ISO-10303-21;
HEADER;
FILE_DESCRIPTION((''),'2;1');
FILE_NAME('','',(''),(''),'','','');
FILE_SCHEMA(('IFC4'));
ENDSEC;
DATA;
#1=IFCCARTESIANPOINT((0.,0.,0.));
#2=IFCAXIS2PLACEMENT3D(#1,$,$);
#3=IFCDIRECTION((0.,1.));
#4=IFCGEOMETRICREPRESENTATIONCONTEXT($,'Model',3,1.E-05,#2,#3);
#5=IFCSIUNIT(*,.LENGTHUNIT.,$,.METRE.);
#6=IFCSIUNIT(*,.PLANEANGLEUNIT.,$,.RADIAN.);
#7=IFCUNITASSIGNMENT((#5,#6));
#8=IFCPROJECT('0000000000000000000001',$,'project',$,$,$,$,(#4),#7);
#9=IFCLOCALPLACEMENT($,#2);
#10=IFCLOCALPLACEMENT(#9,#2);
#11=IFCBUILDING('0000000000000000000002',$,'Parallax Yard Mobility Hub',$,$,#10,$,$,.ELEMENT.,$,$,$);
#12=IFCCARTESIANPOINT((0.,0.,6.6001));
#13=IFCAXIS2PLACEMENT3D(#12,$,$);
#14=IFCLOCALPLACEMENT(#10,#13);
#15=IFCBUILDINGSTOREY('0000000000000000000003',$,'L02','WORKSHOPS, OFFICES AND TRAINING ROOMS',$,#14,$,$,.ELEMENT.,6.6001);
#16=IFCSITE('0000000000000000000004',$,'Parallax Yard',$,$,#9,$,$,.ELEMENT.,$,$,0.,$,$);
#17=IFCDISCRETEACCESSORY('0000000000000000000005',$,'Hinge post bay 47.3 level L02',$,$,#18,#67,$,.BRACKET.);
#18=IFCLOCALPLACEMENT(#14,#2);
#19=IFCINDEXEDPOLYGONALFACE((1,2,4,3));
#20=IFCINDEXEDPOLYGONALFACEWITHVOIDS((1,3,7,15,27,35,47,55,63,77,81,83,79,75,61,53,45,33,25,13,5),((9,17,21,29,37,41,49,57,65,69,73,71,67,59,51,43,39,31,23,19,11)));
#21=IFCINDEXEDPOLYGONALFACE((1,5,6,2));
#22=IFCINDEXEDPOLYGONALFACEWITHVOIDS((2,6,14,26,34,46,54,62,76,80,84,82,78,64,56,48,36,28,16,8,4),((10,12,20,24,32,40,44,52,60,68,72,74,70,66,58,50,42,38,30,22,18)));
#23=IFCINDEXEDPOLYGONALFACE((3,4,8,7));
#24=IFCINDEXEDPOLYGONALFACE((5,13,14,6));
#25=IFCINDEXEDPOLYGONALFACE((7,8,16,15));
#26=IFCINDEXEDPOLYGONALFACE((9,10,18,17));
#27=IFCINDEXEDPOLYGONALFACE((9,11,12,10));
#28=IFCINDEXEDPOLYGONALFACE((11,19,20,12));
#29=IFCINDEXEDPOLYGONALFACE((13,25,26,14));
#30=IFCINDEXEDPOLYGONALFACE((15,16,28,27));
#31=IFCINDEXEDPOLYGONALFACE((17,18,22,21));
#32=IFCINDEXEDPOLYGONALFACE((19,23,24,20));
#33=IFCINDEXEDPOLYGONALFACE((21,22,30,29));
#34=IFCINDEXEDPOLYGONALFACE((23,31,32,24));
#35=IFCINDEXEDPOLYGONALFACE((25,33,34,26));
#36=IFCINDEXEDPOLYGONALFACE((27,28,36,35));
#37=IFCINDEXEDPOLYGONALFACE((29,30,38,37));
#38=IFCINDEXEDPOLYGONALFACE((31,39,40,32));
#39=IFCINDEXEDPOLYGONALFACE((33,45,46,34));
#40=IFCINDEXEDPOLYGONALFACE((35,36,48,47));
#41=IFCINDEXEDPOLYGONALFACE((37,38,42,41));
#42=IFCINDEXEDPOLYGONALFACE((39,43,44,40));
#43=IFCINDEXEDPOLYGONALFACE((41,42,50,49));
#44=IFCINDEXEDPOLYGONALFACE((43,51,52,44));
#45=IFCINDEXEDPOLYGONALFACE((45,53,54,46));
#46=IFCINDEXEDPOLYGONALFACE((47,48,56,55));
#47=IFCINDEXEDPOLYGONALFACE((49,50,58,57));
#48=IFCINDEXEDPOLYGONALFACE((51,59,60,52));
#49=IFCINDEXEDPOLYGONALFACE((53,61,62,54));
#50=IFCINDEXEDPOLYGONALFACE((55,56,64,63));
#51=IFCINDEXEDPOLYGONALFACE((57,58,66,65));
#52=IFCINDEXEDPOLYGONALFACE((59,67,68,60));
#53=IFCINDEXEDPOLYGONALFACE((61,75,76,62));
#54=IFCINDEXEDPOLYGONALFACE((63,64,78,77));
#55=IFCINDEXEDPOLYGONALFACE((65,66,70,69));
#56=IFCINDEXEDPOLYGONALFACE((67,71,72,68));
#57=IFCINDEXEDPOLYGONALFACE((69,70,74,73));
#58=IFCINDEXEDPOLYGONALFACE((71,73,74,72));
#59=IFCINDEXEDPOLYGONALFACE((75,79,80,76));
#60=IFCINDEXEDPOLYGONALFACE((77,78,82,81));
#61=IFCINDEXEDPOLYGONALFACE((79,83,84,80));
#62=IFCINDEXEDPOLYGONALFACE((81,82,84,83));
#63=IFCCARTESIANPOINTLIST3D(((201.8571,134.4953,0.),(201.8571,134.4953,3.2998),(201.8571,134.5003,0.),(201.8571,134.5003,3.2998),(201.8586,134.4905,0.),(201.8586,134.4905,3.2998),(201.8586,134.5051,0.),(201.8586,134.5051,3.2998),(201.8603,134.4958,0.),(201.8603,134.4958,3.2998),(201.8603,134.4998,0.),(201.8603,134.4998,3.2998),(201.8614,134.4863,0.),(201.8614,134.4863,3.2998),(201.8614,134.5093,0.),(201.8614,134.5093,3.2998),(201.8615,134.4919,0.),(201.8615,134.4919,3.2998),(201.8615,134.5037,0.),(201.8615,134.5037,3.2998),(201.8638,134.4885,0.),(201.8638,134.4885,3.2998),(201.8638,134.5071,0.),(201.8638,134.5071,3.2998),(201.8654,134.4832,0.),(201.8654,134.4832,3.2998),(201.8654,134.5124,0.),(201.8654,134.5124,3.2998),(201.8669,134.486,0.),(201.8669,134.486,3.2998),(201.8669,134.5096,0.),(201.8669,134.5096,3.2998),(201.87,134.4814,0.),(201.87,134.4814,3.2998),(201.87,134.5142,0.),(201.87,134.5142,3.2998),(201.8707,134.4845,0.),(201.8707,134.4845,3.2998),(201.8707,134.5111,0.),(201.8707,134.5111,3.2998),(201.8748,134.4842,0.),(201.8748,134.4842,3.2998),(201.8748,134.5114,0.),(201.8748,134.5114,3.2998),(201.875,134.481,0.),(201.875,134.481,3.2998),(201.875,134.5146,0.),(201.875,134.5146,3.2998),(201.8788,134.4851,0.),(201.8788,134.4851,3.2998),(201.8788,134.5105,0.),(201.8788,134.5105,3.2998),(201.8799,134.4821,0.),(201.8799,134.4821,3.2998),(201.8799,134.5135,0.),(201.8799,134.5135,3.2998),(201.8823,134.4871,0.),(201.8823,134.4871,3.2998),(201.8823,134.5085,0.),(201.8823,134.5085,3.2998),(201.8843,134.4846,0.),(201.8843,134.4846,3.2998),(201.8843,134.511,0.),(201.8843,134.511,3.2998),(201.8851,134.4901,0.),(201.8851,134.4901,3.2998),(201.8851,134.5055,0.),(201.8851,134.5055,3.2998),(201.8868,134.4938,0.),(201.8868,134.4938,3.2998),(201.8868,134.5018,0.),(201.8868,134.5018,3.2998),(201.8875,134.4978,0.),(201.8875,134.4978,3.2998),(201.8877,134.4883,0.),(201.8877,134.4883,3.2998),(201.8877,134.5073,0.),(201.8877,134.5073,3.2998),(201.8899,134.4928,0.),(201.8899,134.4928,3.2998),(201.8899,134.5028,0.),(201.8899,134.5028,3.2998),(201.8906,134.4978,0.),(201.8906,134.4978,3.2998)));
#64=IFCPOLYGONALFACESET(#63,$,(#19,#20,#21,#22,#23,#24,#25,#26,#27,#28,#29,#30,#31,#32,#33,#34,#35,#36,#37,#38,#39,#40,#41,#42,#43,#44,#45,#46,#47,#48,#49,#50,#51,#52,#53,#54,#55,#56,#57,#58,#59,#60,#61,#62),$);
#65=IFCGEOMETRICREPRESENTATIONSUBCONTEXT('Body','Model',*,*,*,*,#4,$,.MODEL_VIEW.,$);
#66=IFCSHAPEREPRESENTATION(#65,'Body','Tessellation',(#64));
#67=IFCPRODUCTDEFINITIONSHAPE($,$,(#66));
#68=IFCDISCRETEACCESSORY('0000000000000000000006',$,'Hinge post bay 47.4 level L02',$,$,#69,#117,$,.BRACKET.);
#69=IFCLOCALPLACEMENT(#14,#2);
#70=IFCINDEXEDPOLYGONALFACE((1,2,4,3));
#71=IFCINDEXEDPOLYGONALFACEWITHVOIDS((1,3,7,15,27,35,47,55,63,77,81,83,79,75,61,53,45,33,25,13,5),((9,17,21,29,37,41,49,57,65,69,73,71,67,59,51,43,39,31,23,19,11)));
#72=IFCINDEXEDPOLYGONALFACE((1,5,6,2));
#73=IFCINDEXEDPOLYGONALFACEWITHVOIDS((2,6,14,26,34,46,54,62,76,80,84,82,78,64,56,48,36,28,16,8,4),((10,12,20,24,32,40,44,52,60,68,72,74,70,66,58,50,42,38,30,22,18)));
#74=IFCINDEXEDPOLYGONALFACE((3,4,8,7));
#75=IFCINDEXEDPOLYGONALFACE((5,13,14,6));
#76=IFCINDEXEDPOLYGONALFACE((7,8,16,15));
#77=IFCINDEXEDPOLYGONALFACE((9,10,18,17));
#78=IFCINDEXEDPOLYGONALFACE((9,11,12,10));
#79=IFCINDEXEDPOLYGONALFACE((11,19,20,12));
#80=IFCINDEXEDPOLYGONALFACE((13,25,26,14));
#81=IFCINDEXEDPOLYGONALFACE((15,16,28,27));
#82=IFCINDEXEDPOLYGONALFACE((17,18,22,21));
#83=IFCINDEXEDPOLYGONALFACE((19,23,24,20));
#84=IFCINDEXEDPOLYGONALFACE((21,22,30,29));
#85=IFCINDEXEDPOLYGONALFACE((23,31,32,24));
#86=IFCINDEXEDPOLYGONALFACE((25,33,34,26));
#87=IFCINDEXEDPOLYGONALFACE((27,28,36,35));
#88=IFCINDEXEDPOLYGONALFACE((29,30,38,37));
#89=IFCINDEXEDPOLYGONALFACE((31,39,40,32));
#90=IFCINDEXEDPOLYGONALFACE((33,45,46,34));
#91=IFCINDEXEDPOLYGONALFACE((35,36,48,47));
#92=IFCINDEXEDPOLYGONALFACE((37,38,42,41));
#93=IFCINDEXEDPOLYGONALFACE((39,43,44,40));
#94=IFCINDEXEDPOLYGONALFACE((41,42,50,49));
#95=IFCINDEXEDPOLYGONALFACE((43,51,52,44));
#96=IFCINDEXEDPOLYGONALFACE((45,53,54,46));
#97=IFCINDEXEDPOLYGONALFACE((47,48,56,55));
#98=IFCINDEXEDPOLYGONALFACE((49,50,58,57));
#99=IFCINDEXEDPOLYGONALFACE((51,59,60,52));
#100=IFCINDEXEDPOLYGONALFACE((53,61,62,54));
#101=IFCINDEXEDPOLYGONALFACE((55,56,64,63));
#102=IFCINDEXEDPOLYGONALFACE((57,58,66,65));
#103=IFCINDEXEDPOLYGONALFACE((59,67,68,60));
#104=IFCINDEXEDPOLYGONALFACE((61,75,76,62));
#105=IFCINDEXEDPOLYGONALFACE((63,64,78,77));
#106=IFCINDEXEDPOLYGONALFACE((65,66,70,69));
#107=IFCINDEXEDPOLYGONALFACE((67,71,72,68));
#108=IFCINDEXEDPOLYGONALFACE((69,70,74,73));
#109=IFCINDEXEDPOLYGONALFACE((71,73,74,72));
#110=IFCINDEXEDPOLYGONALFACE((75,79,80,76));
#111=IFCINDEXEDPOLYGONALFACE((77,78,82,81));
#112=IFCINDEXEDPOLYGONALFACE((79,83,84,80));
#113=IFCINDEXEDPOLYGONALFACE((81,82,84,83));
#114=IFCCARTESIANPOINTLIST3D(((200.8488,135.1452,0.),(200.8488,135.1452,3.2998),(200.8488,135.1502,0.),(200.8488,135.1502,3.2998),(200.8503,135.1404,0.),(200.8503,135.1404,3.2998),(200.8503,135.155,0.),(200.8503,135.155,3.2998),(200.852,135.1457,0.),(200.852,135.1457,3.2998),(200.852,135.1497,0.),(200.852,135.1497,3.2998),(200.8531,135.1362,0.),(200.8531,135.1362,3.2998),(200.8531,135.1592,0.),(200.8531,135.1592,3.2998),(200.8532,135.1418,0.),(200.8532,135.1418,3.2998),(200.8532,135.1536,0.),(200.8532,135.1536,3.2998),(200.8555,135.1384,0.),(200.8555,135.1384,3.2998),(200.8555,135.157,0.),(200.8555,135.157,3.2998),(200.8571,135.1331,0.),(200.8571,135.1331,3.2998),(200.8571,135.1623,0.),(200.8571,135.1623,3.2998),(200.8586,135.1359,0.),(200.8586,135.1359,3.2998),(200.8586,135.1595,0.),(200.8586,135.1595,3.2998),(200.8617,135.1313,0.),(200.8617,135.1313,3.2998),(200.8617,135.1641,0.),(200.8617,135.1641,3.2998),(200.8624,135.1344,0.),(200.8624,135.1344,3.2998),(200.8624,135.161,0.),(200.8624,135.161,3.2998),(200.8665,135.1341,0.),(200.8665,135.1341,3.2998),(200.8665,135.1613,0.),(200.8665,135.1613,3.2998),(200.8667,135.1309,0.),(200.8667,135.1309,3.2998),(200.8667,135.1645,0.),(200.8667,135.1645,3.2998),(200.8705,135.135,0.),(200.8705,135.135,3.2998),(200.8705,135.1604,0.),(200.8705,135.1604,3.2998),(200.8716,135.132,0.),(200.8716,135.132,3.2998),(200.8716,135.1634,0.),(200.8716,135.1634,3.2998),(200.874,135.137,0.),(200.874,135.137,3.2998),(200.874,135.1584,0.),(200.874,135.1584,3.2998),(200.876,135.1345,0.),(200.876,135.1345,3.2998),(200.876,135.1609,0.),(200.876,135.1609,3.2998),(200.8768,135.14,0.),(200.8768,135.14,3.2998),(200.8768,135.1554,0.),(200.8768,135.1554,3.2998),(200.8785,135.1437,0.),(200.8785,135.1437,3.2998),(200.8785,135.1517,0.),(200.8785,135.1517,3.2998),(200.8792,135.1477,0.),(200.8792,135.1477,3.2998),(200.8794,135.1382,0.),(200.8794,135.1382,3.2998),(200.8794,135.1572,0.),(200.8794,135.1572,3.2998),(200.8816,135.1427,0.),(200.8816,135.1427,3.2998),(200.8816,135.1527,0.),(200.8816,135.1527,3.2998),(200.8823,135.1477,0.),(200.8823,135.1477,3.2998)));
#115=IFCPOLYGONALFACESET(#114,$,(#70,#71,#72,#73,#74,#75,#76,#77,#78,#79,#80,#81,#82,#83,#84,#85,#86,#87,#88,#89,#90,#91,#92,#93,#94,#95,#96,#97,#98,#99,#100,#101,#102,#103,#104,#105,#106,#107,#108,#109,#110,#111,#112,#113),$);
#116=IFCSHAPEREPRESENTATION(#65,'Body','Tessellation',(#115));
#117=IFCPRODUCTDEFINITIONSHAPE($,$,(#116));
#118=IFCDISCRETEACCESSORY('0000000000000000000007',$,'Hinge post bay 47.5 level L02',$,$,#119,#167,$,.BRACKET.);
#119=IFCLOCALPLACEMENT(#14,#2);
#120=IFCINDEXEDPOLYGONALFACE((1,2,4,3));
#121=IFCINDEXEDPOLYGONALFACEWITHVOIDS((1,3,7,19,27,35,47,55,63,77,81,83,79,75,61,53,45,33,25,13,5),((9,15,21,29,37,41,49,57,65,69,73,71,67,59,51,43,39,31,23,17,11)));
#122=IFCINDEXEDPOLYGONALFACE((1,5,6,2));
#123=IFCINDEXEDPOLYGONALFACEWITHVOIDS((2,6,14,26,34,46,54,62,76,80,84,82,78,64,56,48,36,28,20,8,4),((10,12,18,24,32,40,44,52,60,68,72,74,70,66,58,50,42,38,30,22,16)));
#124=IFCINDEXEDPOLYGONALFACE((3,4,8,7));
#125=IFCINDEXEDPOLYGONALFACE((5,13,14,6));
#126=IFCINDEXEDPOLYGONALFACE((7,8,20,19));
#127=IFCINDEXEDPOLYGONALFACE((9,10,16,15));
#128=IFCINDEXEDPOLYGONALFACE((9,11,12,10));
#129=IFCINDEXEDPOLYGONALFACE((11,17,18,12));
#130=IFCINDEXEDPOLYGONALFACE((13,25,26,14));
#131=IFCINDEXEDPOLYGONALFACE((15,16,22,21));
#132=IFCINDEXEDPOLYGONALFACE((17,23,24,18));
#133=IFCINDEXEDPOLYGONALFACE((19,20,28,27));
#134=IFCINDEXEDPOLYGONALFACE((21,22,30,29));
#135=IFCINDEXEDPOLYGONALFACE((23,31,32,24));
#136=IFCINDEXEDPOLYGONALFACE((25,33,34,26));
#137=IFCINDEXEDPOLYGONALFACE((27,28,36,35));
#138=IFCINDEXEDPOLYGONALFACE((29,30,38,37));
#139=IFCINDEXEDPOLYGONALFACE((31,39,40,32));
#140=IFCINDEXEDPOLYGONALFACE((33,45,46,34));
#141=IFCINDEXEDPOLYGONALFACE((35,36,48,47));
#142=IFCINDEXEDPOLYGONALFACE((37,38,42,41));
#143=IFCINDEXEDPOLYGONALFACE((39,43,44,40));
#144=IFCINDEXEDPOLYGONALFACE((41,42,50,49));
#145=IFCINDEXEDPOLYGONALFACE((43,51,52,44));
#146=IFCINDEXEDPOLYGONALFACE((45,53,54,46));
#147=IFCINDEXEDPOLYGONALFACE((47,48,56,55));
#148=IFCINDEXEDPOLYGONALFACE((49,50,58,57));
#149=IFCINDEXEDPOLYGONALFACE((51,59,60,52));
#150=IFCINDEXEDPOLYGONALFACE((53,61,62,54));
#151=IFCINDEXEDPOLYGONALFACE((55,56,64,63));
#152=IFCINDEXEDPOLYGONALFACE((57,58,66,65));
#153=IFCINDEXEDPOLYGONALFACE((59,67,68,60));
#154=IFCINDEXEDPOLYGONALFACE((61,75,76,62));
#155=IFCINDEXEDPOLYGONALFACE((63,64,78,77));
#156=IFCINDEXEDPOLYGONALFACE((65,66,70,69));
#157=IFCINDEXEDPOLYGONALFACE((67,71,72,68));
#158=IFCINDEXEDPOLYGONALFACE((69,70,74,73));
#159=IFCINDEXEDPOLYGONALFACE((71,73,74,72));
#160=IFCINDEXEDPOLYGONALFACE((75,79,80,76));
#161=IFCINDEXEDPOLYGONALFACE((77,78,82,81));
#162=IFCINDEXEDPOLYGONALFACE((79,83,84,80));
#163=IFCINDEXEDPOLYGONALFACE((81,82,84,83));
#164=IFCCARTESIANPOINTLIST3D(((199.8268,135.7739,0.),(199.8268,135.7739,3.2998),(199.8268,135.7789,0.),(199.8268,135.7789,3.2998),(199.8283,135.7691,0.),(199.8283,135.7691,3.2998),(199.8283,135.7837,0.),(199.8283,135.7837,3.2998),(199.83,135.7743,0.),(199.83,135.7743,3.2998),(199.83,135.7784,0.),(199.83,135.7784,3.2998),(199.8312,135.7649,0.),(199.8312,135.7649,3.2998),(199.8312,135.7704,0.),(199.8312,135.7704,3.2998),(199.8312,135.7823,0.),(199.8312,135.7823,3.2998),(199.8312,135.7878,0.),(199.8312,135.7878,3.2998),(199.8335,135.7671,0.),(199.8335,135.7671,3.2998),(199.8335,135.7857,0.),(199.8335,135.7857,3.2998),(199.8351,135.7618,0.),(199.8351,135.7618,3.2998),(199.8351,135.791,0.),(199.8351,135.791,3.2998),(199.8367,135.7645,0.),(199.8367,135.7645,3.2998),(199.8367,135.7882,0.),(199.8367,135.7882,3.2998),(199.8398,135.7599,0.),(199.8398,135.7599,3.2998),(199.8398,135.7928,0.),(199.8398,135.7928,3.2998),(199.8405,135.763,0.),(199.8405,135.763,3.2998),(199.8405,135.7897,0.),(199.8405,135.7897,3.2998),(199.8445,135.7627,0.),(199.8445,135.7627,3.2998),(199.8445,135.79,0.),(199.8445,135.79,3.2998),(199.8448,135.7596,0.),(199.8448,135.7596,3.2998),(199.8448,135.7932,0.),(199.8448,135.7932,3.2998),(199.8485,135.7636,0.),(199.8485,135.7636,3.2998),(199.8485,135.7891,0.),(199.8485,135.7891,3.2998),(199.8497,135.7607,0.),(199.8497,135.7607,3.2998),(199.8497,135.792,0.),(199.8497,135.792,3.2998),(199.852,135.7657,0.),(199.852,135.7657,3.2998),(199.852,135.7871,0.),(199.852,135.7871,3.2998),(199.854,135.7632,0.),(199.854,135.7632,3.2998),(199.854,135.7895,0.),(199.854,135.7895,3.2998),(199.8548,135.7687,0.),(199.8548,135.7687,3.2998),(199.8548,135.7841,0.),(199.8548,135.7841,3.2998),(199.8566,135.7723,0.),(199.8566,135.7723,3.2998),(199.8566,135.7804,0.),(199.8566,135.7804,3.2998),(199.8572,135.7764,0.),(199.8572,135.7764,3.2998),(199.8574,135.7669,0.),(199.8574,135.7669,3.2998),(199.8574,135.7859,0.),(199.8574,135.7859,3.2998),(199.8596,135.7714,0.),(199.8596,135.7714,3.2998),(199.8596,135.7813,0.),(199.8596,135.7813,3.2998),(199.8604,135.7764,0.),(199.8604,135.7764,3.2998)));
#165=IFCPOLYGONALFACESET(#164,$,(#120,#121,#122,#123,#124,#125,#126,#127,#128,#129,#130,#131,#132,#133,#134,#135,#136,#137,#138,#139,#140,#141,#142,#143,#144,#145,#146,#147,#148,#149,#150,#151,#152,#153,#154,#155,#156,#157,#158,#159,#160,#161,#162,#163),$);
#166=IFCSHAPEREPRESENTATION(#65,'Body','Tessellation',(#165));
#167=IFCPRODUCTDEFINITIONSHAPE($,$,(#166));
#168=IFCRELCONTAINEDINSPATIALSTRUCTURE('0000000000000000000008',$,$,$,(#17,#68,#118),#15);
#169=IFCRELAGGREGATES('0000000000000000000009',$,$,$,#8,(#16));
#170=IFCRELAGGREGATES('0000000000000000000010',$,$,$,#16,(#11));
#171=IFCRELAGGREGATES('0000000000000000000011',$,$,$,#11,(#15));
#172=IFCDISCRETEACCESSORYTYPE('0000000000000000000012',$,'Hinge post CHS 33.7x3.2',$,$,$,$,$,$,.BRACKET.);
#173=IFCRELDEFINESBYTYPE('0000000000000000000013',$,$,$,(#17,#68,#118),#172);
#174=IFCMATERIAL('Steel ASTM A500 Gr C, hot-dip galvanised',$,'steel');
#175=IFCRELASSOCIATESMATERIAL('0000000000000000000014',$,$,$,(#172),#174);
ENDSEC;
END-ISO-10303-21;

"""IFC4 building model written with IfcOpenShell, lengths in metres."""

from ifc_helpers import new_model, si_unit, direction, frame, origin, origin_2d, place, context, subcontext, project, spatial, hollow_circle, extrude, material, material_profile, profile_set, type_object, element, save


model = new_model("IFC4")

# Units and contexts
model_context = context("Model", 3, precision=1e-05, world=origin(), true_north=direction((0.0, 1.0)))
body_context = subcontext(model_context, "Body", "Model", "MODEL_VIEW")
ifc_project = project(units=[si_unit("LENGTHUNIT", "METRE"), si_unit("PLANEANGLEUNIT", "RADIAN")], contexts=[model_context])

# Site, building, storey
site_placement = place(None, origin())
site = spatial("IfcSite", under=ifc_project, at=site_placement, Name="Parallax Yard", CompositionType="ELEMENT", RefElevation=0.0)
building_placement = place(site_placement, origin())
building = spatial("IfcBuilding", under=site, at=building_placement, Name="Parallax Yard Mobility Hub", CompositionType="ELEMENT")
storey_placement = place(building_placement, frame((0.0, 0.0, 6.6001)))
storey = spatial("IfcBuildingStorey", under=building, at=storey_placement, Name="L02", Description="WORKSHOPS, OFFICES AND TRAINING ROOMS", CompositionType="ELEMENT", Elevation=6.6001)

# Discrete accessories
ifc_material_1 = material(Name="Steel ASTM A500 Gr C, hot-dip galvanised", Category="steel")
ifc_material_profile_1 = material_profile(ifc_material_1, hollow_circle(Radius=0.0168, WallThickness=0.0032, at=origin_2d()), Name="CHS 33.7x3.2")
ifc_profile_set_1 = profile_set([ifc_material_profile_1], Name="Steel ASTM A500 Gr C, hot-dip galvanised")
discrete_accessory_type_1 = type_object("IfcDiscreteAccessoryType", Name="Hinge post CHS 33.7x3.2", PredefinedType="BRACKET", material=ifc_profile_set_1)
for number, where, z_axis, x_axis, name in (
    (1, (201.8738, 134.4978, 0.0), (0.0, 0.0, 1.0), (1.0, 0.0, 0.0), "Hinge post bay 47.3 level L02"),
    (2, (200.8655, 135.1477, 0.0), (0.0, 0.0, 1.0), (1.0, 0.0, 0.0), "Hinge post bay 47.4 level L02"),
    (3, (199.8435, 135.7764, 0.0), (0.0, 0.0, 1.0), (1.0, 0.0, 0.0), "Hinge post bay 47.5 level L02"),
):
    element("IfcDiscreteAccessory", number, at=place(storey_placement, frame(where, z_axis=z_axis, x_axis=x_axis)), inside=storey, type_object=discrete_accessory_type_1, Name=name, PredefinedType="BRACKET", context=body_context, shape_type="SweptSolid", body=[
        extrude(hollow_circle(Radius=0.0168, WallThickness=0.0032, at=origin_2d()), origin(), (0.0, 0.0, 1.0), 3.2998),
    ])

save(model, "model.ifc")
